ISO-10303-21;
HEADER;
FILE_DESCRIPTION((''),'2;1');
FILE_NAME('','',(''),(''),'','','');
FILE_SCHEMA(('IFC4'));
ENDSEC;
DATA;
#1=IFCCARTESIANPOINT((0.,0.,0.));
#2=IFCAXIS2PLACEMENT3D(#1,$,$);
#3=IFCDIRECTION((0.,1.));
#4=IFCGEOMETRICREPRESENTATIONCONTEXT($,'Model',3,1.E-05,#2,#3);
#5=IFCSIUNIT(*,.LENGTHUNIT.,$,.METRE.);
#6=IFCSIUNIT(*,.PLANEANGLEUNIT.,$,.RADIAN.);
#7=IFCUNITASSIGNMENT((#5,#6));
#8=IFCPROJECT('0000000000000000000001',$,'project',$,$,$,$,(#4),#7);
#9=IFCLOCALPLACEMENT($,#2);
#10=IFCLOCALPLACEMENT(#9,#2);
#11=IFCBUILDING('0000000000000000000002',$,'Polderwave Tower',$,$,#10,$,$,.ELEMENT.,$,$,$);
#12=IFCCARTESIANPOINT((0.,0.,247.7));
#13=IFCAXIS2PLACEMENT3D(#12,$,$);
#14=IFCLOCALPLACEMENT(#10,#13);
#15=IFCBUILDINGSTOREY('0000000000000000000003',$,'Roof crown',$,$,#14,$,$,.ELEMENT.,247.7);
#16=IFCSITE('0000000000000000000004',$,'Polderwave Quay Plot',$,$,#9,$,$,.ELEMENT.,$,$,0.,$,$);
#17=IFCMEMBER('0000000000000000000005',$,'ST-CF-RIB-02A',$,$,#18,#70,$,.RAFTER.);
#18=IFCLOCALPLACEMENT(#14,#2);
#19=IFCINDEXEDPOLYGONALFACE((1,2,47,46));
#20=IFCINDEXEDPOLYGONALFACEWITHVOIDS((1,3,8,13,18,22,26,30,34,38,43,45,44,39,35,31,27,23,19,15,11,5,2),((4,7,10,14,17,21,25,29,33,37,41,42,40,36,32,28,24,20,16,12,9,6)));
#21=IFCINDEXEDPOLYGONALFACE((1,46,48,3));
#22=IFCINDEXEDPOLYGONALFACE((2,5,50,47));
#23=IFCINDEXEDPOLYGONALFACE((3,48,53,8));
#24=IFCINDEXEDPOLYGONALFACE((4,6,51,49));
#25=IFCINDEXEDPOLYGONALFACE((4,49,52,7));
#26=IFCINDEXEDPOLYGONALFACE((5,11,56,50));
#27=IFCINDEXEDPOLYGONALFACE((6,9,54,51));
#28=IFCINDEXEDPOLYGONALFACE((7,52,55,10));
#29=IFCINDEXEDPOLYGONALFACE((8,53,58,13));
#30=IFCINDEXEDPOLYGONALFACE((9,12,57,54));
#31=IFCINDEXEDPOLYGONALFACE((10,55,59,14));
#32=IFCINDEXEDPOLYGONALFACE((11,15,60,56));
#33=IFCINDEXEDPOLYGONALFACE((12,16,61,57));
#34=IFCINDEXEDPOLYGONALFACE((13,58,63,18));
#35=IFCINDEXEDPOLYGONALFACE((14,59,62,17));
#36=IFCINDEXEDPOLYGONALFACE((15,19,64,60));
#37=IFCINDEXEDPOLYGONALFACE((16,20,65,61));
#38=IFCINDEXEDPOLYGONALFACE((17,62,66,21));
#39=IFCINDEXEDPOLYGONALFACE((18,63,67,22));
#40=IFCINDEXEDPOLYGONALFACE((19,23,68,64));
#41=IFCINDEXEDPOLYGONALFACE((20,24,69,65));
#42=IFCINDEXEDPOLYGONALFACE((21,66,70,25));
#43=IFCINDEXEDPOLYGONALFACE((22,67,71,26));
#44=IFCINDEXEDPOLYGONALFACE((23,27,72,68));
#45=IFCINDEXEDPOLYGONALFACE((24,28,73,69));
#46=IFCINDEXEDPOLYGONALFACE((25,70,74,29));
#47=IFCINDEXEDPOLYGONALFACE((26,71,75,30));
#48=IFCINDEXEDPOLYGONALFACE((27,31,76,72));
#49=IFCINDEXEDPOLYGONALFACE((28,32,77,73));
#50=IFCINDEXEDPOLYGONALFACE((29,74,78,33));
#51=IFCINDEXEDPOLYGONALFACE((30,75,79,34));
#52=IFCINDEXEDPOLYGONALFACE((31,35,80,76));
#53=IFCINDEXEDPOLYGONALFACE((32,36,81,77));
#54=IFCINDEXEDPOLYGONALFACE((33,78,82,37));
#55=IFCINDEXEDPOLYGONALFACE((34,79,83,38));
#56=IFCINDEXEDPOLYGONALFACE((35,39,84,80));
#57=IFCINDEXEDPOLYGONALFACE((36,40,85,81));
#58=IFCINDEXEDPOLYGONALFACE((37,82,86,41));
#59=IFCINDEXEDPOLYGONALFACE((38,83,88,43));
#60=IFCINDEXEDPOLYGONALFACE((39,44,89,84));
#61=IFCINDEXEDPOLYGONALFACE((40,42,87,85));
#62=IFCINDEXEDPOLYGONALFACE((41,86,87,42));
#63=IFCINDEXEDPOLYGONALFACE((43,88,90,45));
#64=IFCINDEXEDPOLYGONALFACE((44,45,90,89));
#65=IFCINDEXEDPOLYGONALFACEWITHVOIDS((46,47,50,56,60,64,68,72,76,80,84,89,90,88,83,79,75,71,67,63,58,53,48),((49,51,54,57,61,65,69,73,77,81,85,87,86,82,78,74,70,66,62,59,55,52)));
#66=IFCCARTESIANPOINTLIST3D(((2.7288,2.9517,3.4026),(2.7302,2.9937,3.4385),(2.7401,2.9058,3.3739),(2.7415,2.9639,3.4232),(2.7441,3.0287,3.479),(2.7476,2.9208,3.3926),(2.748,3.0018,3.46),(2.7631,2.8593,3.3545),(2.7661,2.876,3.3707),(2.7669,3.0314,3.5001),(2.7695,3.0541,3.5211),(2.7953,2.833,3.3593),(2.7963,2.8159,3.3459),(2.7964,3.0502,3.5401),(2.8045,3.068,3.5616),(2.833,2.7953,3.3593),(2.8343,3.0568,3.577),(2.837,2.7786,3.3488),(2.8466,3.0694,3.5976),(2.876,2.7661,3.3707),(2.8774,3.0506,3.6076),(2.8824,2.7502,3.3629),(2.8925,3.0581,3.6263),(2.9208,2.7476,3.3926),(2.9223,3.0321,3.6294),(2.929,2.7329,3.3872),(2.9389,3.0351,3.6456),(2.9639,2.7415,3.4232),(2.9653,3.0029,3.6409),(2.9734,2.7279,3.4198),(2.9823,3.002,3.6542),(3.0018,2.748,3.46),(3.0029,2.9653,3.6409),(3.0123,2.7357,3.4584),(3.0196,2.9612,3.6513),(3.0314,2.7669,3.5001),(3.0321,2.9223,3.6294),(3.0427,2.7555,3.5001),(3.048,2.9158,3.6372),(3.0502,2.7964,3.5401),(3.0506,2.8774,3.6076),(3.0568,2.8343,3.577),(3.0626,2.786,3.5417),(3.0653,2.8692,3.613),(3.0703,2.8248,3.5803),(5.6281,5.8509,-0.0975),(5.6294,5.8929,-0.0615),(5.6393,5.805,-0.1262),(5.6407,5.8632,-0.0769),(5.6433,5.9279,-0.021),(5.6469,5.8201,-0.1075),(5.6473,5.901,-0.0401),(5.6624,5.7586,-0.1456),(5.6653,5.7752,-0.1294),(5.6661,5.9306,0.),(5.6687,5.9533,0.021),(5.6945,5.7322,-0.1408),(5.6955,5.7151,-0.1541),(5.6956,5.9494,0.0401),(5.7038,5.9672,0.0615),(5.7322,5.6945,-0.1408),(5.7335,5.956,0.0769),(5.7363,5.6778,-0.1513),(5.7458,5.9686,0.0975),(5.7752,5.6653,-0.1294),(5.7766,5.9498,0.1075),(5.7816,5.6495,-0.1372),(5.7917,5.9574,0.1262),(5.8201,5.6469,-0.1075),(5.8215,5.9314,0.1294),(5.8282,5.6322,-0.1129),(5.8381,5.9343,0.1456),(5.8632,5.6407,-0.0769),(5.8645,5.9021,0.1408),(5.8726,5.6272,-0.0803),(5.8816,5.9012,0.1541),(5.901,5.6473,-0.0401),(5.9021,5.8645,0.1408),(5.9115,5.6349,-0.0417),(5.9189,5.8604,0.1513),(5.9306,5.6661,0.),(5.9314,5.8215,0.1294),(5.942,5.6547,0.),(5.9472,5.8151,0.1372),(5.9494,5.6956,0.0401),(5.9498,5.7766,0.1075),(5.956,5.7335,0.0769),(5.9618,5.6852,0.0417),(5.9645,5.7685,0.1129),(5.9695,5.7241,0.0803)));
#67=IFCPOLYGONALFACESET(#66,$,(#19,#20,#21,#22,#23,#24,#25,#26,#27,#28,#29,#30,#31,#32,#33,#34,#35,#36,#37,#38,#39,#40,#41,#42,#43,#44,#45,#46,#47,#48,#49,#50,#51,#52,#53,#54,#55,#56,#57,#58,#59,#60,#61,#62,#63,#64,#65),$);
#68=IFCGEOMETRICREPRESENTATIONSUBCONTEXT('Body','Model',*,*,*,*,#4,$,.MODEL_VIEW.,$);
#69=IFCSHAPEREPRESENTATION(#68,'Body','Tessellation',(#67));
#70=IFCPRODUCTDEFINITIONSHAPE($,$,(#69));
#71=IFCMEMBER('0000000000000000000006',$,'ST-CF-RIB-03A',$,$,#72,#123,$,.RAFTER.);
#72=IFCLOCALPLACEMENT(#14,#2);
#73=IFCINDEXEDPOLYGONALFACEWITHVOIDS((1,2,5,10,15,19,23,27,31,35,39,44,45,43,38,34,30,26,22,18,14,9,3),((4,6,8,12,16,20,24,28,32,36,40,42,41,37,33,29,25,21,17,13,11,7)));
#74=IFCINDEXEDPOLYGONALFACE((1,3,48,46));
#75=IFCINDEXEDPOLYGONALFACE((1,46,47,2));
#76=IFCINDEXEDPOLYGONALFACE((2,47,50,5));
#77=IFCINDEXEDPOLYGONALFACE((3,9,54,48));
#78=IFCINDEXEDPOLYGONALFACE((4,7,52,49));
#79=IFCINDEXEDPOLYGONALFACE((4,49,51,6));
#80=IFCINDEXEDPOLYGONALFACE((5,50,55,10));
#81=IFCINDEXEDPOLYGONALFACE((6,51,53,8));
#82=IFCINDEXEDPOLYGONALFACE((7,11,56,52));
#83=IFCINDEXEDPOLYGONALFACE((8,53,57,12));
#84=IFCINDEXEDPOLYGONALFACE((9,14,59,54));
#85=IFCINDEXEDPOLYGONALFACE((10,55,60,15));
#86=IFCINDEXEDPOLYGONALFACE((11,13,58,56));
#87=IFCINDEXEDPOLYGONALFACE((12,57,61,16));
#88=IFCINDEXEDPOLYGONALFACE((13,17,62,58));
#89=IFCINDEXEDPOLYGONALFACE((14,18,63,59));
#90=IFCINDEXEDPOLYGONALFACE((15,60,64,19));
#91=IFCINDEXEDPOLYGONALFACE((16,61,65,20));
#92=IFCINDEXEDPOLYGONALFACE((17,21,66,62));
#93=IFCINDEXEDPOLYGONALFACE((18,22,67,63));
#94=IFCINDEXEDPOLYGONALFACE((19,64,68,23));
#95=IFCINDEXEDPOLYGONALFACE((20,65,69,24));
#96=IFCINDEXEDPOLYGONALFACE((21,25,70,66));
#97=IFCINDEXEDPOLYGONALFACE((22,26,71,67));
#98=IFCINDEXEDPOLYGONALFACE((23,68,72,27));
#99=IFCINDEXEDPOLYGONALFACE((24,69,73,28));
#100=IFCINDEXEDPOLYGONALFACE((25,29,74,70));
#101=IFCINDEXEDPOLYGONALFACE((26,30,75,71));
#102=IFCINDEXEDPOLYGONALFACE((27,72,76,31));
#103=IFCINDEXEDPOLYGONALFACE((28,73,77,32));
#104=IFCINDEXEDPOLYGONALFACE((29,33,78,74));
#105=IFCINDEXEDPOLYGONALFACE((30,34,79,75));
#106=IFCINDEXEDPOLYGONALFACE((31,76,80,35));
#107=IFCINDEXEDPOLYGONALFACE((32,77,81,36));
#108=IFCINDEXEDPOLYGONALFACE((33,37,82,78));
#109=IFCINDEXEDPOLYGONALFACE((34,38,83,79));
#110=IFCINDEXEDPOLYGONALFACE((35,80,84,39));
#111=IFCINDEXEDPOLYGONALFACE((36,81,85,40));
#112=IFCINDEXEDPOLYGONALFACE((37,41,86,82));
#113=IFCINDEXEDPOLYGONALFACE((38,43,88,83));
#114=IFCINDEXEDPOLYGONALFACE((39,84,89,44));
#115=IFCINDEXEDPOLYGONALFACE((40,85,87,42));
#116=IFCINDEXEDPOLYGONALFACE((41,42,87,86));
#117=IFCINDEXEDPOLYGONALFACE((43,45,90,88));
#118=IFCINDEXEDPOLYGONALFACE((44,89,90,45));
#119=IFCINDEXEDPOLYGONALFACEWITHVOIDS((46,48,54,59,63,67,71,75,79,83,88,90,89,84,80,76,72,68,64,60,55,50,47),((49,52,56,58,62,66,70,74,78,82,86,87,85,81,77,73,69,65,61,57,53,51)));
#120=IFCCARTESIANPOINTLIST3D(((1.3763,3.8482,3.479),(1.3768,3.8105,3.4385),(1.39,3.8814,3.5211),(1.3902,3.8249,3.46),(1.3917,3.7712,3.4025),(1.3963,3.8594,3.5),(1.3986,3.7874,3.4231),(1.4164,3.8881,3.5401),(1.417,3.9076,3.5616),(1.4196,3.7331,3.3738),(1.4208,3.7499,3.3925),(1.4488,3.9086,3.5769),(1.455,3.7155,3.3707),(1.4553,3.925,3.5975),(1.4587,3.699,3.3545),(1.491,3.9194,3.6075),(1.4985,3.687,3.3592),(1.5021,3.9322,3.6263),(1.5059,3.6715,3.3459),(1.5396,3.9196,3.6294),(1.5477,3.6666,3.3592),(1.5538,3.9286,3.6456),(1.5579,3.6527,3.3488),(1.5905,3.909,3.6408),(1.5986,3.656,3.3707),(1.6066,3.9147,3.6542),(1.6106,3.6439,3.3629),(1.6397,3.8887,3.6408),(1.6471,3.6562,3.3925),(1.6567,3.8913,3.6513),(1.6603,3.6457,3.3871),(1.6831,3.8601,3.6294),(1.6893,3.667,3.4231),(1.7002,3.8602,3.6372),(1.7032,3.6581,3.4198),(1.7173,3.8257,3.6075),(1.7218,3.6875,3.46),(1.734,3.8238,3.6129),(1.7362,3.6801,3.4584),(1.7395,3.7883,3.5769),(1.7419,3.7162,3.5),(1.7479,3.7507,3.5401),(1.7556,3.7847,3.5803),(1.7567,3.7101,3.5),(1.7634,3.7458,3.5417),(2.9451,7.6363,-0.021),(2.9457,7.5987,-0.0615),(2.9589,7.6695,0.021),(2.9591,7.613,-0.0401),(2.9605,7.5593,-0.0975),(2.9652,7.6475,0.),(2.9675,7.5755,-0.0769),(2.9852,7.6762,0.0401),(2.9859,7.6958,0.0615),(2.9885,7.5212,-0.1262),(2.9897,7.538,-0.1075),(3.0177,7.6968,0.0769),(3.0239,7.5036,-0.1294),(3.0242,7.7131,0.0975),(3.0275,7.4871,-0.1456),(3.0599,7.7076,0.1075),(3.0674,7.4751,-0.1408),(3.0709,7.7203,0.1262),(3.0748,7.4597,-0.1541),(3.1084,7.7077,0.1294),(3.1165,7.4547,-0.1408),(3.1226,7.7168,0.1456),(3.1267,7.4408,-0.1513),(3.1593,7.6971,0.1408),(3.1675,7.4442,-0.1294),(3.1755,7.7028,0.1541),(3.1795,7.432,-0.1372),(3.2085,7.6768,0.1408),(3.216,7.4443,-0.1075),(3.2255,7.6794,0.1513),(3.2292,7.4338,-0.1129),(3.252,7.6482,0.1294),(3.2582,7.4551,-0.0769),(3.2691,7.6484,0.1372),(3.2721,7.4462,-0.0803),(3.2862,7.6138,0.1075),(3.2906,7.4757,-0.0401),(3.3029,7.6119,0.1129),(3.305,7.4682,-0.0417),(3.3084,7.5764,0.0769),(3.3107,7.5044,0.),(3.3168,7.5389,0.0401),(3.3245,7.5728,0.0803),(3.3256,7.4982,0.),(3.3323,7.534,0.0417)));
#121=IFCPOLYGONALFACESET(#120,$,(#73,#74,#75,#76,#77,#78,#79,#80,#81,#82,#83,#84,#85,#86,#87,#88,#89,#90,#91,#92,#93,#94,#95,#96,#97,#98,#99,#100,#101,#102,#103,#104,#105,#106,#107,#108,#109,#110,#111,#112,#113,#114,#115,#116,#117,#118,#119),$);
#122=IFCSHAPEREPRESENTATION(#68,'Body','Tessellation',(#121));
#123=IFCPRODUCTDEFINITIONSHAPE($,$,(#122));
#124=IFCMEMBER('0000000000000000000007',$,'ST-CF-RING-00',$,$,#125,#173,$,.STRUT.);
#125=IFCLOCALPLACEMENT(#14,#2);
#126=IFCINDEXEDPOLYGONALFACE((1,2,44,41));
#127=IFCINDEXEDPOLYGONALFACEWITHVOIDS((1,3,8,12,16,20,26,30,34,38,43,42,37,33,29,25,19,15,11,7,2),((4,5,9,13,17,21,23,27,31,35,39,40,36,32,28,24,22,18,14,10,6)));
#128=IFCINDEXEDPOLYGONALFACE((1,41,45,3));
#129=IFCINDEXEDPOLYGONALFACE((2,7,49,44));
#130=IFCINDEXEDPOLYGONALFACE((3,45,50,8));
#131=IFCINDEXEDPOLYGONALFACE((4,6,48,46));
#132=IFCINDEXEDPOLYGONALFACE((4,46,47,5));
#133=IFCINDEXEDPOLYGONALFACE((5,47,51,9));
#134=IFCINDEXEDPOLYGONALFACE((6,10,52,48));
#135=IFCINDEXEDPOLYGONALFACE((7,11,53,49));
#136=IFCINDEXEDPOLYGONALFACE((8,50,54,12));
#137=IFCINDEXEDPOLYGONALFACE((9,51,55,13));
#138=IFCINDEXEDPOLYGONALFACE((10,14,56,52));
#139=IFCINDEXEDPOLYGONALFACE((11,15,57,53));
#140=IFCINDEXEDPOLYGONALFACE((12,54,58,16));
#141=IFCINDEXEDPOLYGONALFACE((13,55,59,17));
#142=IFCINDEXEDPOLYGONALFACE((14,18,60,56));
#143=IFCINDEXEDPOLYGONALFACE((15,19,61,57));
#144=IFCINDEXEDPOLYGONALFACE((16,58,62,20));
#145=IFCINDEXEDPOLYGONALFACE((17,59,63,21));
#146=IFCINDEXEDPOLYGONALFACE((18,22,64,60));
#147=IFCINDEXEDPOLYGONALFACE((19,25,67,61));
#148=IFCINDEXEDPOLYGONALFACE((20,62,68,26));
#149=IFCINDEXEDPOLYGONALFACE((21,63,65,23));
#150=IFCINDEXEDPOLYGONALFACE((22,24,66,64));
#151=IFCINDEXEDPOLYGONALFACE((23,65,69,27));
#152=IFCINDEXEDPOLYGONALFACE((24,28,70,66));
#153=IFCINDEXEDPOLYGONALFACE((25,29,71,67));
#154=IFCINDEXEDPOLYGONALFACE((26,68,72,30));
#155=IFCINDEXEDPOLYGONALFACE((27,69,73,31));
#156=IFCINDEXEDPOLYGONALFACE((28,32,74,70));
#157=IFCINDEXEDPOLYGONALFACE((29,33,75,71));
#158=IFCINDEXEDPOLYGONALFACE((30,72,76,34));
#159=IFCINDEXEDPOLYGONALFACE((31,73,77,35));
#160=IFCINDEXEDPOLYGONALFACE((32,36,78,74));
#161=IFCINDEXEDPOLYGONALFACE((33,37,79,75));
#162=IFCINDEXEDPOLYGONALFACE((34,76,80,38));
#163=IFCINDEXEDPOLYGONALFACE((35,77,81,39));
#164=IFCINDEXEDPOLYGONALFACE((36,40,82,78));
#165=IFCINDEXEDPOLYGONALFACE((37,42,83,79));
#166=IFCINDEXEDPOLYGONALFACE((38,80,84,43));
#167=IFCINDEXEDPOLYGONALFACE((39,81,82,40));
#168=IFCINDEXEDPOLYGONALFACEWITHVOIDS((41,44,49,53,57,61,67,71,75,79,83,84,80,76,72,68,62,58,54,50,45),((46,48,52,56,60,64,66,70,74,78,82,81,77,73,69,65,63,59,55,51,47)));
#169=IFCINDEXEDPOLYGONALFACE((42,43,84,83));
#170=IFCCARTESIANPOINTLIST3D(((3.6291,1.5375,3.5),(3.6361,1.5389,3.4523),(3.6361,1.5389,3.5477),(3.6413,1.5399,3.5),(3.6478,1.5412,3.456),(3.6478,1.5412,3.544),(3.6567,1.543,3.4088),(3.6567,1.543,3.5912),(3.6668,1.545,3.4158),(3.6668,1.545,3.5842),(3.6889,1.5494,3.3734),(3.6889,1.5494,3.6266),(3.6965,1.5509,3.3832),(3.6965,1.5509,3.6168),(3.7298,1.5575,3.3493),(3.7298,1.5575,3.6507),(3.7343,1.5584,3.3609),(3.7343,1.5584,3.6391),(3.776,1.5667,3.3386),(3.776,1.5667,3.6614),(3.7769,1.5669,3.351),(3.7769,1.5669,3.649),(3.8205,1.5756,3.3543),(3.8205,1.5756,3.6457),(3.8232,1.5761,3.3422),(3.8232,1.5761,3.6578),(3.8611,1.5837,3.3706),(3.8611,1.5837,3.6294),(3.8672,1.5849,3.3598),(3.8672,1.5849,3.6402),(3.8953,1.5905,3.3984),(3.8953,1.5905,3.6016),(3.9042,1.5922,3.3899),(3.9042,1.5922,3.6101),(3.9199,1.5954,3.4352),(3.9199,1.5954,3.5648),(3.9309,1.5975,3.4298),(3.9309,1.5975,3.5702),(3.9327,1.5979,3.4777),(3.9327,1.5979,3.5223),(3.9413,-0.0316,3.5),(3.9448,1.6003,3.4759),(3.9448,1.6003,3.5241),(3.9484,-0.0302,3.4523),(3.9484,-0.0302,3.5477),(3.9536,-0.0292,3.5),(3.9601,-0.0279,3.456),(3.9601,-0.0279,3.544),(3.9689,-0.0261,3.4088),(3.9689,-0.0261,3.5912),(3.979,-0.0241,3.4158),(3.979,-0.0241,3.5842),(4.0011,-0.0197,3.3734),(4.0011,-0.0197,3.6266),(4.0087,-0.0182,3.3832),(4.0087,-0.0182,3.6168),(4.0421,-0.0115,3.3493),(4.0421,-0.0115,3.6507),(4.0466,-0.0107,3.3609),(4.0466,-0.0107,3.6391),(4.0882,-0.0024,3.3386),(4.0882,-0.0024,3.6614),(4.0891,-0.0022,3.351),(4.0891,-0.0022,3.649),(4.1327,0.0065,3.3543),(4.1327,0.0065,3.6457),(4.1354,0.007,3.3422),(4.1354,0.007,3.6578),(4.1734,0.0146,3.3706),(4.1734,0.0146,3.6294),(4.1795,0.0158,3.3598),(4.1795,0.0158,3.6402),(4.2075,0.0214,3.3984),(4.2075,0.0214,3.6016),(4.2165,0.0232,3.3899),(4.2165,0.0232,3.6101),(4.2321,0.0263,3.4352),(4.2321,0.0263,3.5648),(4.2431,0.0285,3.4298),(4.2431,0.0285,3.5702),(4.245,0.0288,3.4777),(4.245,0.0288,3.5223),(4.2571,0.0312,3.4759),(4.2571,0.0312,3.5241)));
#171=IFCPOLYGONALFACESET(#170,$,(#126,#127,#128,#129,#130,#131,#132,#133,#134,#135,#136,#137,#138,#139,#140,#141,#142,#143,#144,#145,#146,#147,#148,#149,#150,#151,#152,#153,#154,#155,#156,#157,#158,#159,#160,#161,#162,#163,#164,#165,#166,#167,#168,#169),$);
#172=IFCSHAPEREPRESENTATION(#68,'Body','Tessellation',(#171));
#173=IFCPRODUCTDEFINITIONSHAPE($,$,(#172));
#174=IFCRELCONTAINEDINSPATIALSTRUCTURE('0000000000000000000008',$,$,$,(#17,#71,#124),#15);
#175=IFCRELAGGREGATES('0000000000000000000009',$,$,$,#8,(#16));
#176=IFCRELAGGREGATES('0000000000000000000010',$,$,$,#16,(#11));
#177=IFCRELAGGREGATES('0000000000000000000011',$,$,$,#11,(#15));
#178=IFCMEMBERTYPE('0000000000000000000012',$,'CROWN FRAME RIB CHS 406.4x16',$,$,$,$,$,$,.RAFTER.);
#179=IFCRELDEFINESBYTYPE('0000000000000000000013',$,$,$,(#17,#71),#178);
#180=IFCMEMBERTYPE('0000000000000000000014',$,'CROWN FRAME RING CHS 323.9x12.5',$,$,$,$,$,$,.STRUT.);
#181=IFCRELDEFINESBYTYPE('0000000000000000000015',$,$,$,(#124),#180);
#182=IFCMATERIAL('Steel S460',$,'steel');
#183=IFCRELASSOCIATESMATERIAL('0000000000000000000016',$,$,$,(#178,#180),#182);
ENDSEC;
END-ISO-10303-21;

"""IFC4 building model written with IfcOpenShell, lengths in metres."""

from ifc_helpers import new_model, si_unit, direction, frame, origin, origin_2d, place, context, subcontext, project, spatial, hollow_circle, extrude, material, material_profile, profile_set, type_object, element, save


model = new_model("IFC4")

# Units and contexts
model_context = context("Model", 3, precision=1e-05, world=origin(), true_north=direction((0.0, 1.0)))
body_context = subcontext(model_context, "Body", "Model", "MODEL_VIEW")
ifc_project = project(units=[si_unit("LENGTHUNIT", "METRE"), si_unit("PLANEANGLEUNIT", "RADIAN")], contexts=[model_context])

# Site, building, storey
site_placement = place(None, origin())
site = spatial("IfcSite", under=ifc_project, at=site_placement, Name="Polderwave Quay Plot", CompositionType="ELEMENT", RefElevation=0.0)
building_placement = place(site_placement, origin())
building = spatial("IfcBuilding", under=site, at=building_placement, Name="Polderwave Tower", CompositionType="ELEMENT")
storey_placement = place(building_placement, frame((0.0, 0.0, 247.7)))
storey = spatial("IfcBuildingStorey", under=building, at=storey_placement, Name="Roof crown", CompositionType="ELEMENT", Elevation=247.7)

# Members
ifc_material_1 = material(Name="Steel S460", Category="steel")
ifc_material_profile_1 = material_profile(ifc_material_1, hollow_circle(Radius=0.2031, WallThickness=0.0161, at=origin_2d()), Name="CHS 406.4x16")
ifc_profile_set_1 = profile_set([ifc_material_profile_1], Name="Steel S460")
member_type_1 = type_object("IfcMemberType", Name="CROWN FRAME RIB CHS 406.4x16", PredefinedType="RAFTER", material=ifc_profile_set_1)
for number, where, z_axis, x_axis, name in (
    (1, (5.7983, 5.7983, 0.0), (-0.537803, -0.537803, 0.649258), (0.707107, -0.707107, 0.0), "ST-CF-RIB-02A"),
    (2, (3.1379, 7.5759, 0.0), (-0.291022, -0.702693, 0.649253), (0.923899, -0.382636, 0.0), "ST-CF-RIB-03A"),
):
    element("IfcMember", number, at=place(storey_placement, frame(where, z_axis=z_axis, x_axis=x_axis)), inside=storey, type_object=member_type_1, Name=name, PredefinedType="RAFTER", context=body_context, shape_type="SweptSolid", body=[
        extrude(hollow_circle(Radius=0.2031, WallThickness=0.0161, at=origin_2d()), origin(), (0.0, 0.0, 1.0), 5.3909),
    ])
ifc_material_profile_2 = material_profile(ifc_material_1, hollow_circle(Radius=0.1619, WallThickness=0.0125, at=origin_2d()), Name="CHS 323.9x12.5")
ifc_profile_set_2 = profile_set([ifc_material_profile_2], Name="Steel S460")
member_type_2 = type_object("IfcMemberType", Name="CROWN FRAME RING CHS 323.9x12.5", PredefinedType="STRUT", material=ifc_profile_set_2)
member_1_placement = place(storey_placement, frame((4.1001, 0.0, 3.5), z_axis=(-0.195177, 0.980768, 0.0), x_axis=(-0.980768, -0.195177, 0.0)))
element("IfcMember", 3, at=member_1_placement, inside=storey, type_object=member_type_2, Name="ST-CF-RING-00", PredefinedType="STRUT", context=body_context, shape_type="SweptSolid", body=[
    extrude(hollow_circle(Radius=0.1619, WallThickness=0.0125, at=origin_2d()), origin(), (0.0, 0.0, 1.0), 1.5999),
])

save(model, "model.ifc")
